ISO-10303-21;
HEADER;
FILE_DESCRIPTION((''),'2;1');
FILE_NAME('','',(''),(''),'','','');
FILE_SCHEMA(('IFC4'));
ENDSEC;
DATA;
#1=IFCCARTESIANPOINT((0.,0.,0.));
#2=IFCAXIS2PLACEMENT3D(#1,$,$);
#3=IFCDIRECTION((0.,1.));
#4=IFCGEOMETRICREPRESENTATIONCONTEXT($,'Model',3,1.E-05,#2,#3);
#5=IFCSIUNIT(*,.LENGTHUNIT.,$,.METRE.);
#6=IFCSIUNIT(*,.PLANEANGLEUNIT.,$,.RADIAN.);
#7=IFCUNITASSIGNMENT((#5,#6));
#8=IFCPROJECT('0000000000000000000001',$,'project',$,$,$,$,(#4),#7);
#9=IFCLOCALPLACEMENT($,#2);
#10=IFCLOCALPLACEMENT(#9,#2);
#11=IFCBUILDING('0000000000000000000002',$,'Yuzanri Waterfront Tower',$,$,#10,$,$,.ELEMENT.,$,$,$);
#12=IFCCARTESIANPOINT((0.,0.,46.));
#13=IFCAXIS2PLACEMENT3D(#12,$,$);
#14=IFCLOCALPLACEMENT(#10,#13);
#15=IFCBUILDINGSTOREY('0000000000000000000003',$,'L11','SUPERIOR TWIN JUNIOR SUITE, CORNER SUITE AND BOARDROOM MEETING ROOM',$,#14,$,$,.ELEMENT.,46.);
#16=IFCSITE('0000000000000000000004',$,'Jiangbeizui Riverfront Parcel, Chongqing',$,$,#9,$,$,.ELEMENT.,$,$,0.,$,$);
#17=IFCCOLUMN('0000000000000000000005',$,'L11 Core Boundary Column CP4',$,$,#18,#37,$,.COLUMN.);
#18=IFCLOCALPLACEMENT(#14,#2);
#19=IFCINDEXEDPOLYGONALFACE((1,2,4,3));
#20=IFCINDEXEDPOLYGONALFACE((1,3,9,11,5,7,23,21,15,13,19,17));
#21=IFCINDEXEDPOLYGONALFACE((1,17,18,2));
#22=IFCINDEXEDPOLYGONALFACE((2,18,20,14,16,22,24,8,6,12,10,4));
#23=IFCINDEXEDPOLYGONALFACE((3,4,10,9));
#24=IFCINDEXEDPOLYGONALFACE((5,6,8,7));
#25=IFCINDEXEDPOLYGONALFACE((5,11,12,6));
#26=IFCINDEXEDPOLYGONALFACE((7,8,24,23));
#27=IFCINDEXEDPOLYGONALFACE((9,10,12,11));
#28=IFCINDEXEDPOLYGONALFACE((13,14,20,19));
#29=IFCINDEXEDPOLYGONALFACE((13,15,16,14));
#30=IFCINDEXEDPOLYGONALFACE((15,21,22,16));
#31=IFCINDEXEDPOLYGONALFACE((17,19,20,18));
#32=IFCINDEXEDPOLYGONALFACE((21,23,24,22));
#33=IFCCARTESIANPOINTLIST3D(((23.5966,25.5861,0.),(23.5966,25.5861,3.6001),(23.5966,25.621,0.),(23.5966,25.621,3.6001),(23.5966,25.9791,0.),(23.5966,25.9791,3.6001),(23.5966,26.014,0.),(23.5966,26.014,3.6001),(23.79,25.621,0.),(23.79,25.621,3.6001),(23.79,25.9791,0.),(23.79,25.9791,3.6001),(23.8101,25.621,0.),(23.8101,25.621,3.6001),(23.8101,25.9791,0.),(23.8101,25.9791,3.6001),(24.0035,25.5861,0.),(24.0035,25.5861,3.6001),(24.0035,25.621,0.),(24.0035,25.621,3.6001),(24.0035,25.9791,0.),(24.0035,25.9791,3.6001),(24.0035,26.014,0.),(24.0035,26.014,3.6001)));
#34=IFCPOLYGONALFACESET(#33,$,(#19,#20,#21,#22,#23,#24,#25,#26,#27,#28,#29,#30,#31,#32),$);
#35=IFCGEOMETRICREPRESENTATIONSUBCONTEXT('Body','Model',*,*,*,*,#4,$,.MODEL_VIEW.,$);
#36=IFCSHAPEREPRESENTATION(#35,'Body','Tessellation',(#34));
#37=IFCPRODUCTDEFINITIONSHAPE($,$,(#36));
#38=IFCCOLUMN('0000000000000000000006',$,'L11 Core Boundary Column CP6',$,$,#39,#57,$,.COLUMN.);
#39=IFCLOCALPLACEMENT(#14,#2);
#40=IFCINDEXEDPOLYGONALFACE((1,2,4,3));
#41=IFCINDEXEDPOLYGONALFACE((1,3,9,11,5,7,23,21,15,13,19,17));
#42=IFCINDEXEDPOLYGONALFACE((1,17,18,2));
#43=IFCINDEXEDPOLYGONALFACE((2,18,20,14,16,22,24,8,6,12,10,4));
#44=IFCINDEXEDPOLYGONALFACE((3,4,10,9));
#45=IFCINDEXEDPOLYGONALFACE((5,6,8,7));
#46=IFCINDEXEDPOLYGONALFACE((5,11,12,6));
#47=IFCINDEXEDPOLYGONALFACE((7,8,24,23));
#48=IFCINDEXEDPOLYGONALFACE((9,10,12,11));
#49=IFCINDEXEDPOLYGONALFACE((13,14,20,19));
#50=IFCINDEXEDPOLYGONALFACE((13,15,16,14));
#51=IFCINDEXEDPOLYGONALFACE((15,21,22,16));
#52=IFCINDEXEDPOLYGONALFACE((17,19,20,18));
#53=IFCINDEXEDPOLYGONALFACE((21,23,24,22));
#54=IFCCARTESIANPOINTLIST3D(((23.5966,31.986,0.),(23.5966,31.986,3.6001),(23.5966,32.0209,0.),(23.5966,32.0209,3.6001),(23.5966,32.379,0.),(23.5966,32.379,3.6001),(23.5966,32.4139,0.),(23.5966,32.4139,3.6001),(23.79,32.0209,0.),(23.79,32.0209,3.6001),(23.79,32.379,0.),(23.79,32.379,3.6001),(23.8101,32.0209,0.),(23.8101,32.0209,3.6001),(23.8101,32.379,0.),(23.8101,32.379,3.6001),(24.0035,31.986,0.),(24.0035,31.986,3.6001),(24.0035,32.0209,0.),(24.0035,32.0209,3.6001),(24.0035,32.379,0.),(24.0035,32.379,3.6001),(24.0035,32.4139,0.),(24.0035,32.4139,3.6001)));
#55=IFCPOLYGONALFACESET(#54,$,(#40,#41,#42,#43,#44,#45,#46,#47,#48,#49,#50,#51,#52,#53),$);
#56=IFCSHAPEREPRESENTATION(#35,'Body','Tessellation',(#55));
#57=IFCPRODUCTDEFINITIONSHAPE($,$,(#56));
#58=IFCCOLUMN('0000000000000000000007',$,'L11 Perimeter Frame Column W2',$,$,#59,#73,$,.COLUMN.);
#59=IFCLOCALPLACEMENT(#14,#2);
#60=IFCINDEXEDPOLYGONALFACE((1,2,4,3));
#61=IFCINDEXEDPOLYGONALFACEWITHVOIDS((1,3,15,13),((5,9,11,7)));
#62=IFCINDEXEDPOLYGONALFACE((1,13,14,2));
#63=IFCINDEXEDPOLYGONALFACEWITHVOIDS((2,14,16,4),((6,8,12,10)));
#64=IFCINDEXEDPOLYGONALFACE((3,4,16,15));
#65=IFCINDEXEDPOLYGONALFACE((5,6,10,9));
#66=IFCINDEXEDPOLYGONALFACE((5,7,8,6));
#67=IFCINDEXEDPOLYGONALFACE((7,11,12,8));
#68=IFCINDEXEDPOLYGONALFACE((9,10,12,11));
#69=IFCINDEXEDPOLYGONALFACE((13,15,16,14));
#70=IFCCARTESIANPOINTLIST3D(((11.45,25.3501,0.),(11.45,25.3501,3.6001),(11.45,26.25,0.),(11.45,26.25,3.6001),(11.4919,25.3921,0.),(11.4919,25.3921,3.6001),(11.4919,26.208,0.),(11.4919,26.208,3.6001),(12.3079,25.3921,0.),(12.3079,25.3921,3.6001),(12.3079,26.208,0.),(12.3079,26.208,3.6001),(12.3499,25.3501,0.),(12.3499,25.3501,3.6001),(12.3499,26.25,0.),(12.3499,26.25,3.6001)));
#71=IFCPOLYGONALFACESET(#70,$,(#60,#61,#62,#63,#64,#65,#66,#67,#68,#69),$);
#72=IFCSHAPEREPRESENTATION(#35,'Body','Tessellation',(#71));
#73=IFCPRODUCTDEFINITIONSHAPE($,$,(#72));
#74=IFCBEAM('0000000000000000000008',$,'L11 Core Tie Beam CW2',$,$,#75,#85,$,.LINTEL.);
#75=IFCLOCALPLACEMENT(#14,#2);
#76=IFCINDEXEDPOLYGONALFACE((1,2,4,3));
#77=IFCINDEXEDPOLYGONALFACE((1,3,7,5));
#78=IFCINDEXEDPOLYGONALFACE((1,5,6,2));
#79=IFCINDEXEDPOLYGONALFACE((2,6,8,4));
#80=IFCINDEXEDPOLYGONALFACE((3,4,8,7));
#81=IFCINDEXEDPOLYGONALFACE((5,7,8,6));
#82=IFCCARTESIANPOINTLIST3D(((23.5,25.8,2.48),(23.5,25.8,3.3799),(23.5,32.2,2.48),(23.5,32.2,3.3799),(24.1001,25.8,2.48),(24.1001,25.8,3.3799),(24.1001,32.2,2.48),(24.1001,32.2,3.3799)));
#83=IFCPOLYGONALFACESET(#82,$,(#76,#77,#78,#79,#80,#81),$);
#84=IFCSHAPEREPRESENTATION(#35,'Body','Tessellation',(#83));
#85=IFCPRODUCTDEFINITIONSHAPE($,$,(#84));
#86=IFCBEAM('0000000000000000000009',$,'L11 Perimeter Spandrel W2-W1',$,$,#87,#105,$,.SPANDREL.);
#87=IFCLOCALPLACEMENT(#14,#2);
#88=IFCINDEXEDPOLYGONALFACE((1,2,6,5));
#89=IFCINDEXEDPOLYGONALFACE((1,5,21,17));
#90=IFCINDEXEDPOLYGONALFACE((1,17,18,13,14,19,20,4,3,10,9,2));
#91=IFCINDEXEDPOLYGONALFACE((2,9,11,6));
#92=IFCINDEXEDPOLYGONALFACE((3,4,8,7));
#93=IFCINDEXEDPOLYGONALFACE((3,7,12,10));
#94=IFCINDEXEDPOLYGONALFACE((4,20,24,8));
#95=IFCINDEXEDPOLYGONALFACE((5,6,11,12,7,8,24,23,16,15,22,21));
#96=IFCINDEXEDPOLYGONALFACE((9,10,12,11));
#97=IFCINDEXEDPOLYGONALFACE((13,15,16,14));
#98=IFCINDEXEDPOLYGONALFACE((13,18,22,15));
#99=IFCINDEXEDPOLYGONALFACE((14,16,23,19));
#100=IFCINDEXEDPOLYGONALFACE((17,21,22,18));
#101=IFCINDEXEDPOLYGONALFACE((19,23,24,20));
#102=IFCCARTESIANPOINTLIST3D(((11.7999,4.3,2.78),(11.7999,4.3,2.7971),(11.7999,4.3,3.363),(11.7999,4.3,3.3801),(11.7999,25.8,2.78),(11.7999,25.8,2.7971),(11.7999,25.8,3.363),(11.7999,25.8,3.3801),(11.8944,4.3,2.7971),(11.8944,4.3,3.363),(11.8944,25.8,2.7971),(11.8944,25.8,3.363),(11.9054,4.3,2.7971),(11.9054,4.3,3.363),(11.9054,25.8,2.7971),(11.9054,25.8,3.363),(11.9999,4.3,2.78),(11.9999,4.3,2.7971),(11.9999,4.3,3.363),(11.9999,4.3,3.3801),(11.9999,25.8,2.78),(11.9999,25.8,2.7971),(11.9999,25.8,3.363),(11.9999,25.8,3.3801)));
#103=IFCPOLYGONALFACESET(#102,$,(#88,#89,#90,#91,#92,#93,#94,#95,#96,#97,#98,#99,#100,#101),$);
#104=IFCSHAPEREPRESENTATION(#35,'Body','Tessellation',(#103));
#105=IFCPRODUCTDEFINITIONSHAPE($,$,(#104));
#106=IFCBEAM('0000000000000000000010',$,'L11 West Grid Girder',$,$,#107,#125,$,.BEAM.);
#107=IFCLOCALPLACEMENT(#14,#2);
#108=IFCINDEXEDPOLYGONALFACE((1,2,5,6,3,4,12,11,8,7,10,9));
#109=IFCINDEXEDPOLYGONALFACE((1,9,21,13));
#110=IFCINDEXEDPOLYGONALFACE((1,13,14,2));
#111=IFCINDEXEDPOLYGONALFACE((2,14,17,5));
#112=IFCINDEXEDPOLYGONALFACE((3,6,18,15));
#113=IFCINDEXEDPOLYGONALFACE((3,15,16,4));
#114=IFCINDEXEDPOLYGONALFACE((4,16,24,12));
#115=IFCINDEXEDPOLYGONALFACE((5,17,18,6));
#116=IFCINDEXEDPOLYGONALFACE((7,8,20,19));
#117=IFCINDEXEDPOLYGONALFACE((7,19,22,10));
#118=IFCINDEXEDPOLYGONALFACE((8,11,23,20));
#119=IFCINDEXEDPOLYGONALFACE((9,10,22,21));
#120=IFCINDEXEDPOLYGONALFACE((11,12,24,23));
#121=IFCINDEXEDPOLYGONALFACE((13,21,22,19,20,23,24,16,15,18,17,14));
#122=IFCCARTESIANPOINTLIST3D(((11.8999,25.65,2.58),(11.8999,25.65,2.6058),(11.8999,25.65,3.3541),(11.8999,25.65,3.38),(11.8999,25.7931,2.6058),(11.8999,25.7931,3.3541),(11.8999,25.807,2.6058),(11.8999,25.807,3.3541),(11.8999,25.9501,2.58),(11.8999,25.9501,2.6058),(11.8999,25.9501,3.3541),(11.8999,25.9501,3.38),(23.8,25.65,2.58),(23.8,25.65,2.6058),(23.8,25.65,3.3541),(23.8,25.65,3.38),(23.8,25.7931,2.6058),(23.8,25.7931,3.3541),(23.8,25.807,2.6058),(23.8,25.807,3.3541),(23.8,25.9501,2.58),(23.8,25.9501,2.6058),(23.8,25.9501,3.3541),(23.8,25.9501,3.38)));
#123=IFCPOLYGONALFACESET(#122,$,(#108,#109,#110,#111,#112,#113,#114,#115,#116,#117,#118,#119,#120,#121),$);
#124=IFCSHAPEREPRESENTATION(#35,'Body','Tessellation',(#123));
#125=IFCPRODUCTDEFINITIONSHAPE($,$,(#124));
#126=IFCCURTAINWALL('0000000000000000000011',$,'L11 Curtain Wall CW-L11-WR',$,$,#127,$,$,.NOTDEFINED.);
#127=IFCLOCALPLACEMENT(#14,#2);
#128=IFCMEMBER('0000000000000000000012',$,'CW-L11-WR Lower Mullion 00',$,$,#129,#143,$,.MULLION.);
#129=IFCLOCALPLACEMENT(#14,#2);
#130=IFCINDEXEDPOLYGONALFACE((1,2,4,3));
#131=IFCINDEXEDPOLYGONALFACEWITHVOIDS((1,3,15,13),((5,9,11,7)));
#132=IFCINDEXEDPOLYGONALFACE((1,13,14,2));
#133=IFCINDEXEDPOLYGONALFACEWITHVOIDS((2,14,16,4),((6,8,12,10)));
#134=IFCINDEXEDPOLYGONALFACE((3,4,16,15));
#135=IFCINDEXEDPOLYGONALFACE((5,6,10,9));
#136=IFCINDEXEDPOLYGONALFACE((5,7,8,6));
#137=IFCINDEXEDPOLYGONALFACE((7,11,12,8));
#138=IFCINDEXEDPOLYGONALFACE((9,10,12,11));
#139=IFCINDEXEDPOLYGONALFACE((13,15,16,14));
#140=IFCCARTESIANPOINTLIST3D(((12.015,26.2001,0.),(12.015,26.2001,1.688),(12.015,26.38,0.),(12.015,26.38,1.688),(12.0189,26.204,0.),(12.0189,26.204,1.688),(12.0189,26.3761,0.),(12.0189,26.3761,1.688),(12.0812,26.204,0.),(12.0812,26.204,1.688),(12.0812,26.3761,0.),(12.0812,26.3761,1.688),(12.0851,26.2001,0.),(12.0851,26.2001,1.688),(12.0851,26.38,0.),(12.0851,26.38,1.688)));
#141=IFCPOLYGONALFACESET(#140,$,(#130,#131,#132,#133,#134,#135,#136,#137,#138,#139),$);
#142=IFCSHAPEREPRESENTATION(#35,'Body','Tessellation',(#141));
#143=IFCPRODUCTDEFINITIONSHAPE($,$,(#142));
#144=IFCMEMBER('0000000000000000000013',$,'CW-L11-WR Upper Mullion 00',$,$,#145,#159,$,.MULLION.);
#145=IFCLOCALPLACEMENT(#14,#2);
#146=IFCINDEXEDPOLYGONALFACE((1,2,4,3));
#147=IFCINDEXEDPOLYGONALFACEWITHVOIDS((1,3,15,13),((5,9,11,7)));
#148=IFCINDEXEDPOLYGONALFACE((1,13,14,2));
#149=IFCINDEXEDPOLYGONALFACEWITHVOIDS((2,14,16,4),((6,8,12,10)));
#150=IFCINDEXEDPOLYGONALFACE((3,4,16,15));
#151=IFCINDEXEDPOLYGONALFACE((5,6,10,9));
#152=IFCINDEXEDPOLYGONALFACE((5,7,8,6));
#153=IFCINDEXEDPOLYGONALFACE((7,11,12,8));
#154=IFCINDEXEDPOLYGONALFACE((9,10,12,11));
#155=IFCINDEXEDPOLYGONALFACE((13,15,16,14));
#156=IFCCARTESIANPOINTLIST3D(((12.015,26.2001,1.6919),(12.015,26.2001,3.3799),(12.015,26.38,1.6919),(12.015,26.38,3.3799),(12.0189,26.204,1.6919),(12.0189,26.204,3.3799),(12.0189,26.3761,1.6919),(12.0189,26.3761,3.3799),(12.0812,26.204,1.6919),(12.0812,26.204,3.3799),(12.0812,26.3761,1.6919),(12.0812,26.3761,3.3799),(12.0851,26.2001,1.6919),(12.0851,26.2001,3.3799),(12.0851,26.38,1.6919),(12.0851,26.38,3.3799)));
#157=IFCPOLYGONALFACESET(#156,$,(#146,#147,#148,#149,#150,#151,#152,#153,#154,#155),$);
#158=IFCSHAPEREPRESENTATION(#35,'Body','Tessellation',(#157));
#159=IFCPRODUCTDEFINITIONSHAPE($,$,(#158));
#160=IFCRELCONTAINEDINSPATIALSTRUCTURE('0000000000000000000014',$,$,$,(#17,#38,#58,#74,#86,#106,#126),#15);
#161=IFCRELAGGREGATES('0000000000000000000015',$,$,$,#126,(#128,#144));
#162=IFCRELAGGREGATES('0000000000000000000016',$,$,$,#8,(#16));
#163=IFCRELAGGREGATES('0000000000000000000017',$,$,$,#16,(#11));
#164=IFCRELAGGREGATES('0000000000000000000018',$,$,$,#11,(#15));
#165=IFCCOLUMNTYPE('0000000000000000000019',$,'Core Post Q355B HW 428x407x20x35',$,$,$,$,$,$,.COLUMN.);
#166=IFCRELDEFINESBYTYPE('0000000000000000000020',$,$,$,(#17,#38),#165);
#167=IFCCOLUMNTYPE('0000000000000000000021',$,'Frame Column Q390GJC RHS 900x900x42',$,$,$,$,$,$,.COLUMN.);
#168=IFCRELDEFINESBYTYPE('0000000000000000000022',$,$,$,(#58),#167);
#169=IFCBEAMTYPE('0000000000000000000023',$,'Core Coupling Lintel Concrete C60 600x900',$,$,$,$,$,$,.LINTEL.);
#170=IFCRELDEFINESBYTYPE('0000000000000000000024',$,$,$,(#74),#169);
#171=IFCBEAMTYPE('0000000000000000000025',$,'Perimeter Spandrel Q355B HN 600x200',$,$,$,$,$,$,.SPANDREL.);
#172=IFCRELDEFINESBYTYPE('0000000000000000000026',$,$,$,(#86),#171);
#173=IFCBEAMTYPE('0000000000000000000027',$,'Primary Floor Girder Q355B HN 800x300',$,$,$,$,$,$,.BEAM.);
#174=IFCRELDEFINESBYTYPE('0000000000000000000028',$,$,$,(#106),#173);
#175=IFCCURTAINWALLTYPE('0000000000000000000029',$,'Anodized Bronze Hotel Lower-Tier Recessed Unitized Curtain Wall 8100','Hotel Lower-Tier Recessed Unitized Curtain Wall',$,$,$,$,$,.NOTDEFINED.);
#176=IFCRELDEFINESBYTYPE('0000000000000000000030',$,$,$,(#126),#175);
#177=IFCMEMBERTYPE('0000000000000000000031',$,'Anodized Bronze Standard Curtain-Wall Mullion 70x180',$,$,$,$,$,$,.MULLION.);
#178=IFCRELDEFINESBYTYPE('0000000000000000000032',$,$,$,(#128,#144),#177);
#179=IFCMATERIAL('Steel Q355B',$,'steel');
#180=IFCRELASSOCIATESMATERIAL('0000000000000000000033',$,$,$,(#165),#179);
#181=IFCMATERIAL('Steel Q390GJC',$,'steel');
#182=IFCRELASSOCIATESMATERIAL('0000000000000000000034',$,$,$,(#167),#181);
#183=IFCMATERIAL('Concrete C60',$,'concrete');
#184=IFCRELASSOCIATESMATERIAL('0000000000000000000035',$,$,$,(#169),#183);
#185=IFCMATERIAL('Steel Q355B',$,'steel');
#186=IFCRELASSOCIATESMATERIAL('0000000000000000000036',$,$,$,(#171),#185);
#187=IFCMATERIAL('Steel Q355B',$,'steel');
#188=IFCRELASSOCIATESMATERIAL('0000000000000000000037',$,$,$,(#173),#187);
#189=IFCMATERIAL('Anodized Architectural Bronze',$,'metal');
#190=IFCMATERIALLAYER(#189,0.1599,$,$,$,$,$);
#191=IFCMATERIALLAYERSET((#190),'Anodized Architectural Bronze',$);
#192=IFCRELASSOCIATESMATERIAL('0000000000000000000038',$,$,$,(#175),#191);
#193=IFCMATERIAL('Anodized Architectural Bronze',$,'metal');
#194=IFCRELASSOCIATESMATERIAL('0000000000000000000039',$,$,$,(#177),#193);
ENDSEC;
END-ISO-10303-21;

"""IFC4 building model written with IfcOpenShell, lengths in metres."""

from ifc_helpers import new_model, si_unit, direction, frame, origin, origin_2d, place, context, subcontext, project, spatial, rectangle, hollow_rectangle, i_section, extrude, source, transform, mapped, material, layer, layer_set, material_profile, profile_set, type_object, element, aggregate, save


model = new_model("IFC4")

# Units and contexts
model_context = context("Model", 3, precision=1e-05, world=origin(), true_north=direction((0.0, 1.0)))
body_context = subcontext(model_context, "Body", "Model", "MODEL_VIEW")
ifc_project = project(units=[si_unit("LENGTHUNIT", "METRE"), si_unit("PLANEANGLEUNIT", "RADIAN")], contexts=[model_context])

# Site, building, storey
site_placement = place(None, origin())
site = spatial("IfcSite", under=ifc_project, at=site_placement, Name="Jiangbeizui Riverfront Parcel, Chongqing", CompositionType="ELEMENT", RefElevation=0.0)
building_placement = place(site_placement, origin())
building = spatial("IfcBuilding", under=site, at=building_placement, Name="Yuzanri Waterfront Tower", CompositionType="ELEMENT")
storey_placement = place(building_placement, frame((0.0, 0.0, 46.0)))
storey = spatial("IfcBuildingStorey", under=building, at=storey_placement, Name="L11", Description="SUPERIOR TWIN JUNIOR SUITE, CORNER SUITE AND BOARDROOM MEETING ROOM", CompositionType="ELEMENT", Elevation=46.0)

# Columns
ifc_material_1 = material(Name="Steel Q355B", Category="steel")
ifc_material_profile_1 = material_profile(ifc_material_1, i_section(OverallWidth=0.407, OverallDepth=0.428, WebThickness=0.02, FlangeThickness=0.0349, at=origin_2d()), Name="HW 428x407x20x35")
ifc_profile_set_1 = profile_set([ifc_material_profile_1], Name="Steel Q355B")
column_type_1 = type_object("IfcColumnType", Name="Core Post Q355B HW 428x407x20x35", PredefinedType="COLUMN", material=ifc_profile_set_1)
shared_shape_1 = source(origin(), body_context, "Body", "SweptSolid", [
    extrude(i_section(OverallWidth=0.407, OverallDepth=0.428, WebThickness=0.02, FlangeThickness=0.0349, at=origin_2d()), origin(), (0.0, 0.0, 1.0), 3.6001),
])
for number, where, z_axis, x_axis, name in (
    (1, (23.8, 25.8, 0.0), (0.0, 0.0, 1.0), (1.0, 0.0, 0.0), "L11 Core Boundary Column CP4"),
    (2, (23.8, 32.2, 0.0), (0.0, 0.0, 1.0), (1.0, 0.0, 0.0), "L11 Core Boundary Column CP6"),
):
    element("IfcColumn", number, at=place(storey_placement, frame(where, z_axis=z_axis, x_axis=x_axis)), inside=storey, type_object=column_type_1, Name=name, PredefinedType="COLUMN", context=body_context, shape_type="MappedRepresentation", body=[
        mapped(shared_shape_1, transform((0.0, 0.0, 0.0), scale=1.0)),
    ])
ifc_material_2 = material(Name="Steel Q390GJC", Category="steel")
ifc_material_profile_2 = material_profile(ifc_material_2, hollow_rectangle(XDim=0.8999, YDim=0.8999, WallThickness=0.042, at=origin_2d()), Name="RHS 900x900x42")
ifc_profile_set_2 = profile_set([ifc_material_profile_2], Name="Steel Q390GJC")
column_type_2 = type_object("IfcColumnType", Name="Frame Column Q390GJC RHS 900x900x42", PredefinedType="COLUMN", material=ifc_profile_set_2)
shared_shape_2 = source(origin(), body_context, "Body", "SweptSolid", [
    extrude(hollow_rectangle(XDim=0.8999, YDim=0.8999, WallThickness=0.042, at=origin_2d()), origin(), (0.0, 0.0, 1.0), 3.6001),
])
column_placement = place(storey_placement, frame((11.8999, 25.8, 0.0), z_axis=(0.0, 0.0, 1.0), x_axis=(1.0, 0.0, 0.0)))
element("IfcColumn", 3, at=column_placement, inside=storey, type_object=column_type_2, Name="L11 Perimeter Frame Column W2", PredefinedType="COLUMN", context=body_context, shape_type="MappedRepresentation", body=[
    mapped(shared_shape_2, transform((0.0, 0.0, 0.0), scale=1.0)),
])

# Beams
ifc_material_3 = material(Name="Concrete C60", Category="concrete")
ifc_material_profile_3 = material_profile(ifc_material_3, rectangle(XDim=0.6001, YDim=0.8999, at=origin_2d()), Name="RC 600x900")
ifc_profile_set_3 = profile_set([ifc_material_profile_3], Name="Concrete C60")
beam_type_1 = type_object("IfcBeamType", Name="Core Coupling Lintel Concrete C60 600x900", PredefinedType="LINTEL", material=ifc_profile_set_3)
shared_shape_3 = source(origin(), body_context, "Body", "SweptSolid", [
    extrude(rectangle(XDim=0.6001, YDim=0.8999, at=origin_2d()), origin(), (0.0, 0.0, 1.0), 6.3999),
])
beam_1_placement = place(storey_placement, frame((23.8, 25.8, 2.9299), z_axis=(0.0, 1.0, 0.0), x_axis=(-1.0, 0.0, 0.0)))
element("IfcBeam", 4, at=beam_1_placement, inside=storey, type_object=beam_type_1, Name="L11 Core Tie Beam CW2", PredefinedType="LINTEL", context=body_context, shape_type="MappedRepresentation", body=[
    mapped(shared_shape_3, transform((0.0, 0.0, 0.0), scale=1.0)),
])
ifc_material_4 = material(Name="Steel Q355B", Category="steel")
ifc_material_profile_4 = material_profile(ifc_material_4, i_section(OverallWidth=0.2, OverallDepth=0.6001, WebThickness=0.011, FlangeThickness=0.0171, at=origin_2d()), Name="HN 600x200x11x17")
ifc_profile_set_4 = profile_set([ifc_material_profile_4], Name="Steel Q355B")
beam_type_2 = type_object("IfcBeamType", Name="Perimeter Spandrel Q355B HN 600x200", PredefinedType="SPANDREL", material=ifc_profile_set_4)
shared_shape_4 = source(origin(), body_context, "Body", "SweptSolid", [
    extrude(i_section(OverallWidth=0.2, OverallDepth=0.6001, WebThickness=0.011, FlangeThickness=0.0171, at=origin_2d()), origin(), (0.0, 0.0, 1.0), 21.5),
])
beam_2_placement = place(storey_placement, frame((11.8999, 25.8, 3.0801), z_axis=(0.0, -1.0, 0.0), x_axis=(1.0, 0.0, 0.0)))
element("IfcBeam", 5, at=beam_2_placement, inside=storey, type_object=beam_type_2, Name="L11 Perimeter Spandrel W2-W1", PredefinedType="SPANDREL", context=body_context, shape_type="MappedRepresentation", body=[
    mapped(shared_shape_4, transform((0.0, 0.0, 0.0), scale=1.0)),
])
ifc_material_5 = material(Name="Steel Q355B", Category="steel")
ifc_material_profile_5 = material_profile(ifc_material_5, i_section(OverallWidth=0.3, OverallDepth=0.8, WebThickness=0.0139, FlangeThickness=0.0259, at=origin_2d()), Name="HN 800x300x14x26")
ifc_profile_set_5 = profile_set([ifc_material_profile_5], Name="Steel Q355B")
beam_type_3 = type_object("IfcBeamType", Name="Primary Floor Girder Q355B HN 800x300", PredefinedType="BEAM", material=ifc_profile_set_5)
shared_shape_5 = source(origin(), body_context, "Body", "SweptSolid", [
    extrude(i_section(OverallWidth=0.3, OverallDepth=0.8, WebThickness=0.0139, FlangeThickness=0.0259, at=origin_2d()), origin(), (0.0, 0.0, 1.0), 11.9001),
])
beam_3_placement = place(storey_placement, frame((23.8, 25.8, 2.98), z_axis=(-1.0, 0.0, 0.0), x_axis=(0.0, -1.0, 0.0)))
element("IfcBeam", 6, at=beam_3_placement, inside=storey, type_object=beam_type_3, Name="L11 West Grid Girder", PredefinedType="BEAM", context=body_context, shape_type="MappedRepresentation", body=[
    mapped(shared_shape_5, transform((0.0, 0.0, 0.0), scale=1.0)),
])

# Curtain wall, members
ifc_material_6 = material(Name="Anodized Architectural Bronze", Category="metal")
ifc_layer_1 = layer(ifc_material_6, 0.1599)
ifc_layer_set_1 = layer_set([ifc_layer_1], Name="Anodized Architectural Bronze")
curtain_wall_type = type_object("IfcCurtainWallType", Name="Anodized Bronze Hotel Lower-Tier Recessed Unitized Curtain Wall 8100", Description="Hotel Lower-Tier Recessed Unitized Curtain Wall", PredefinedType="NOTDEFINED", material=ifc_layer_set_1)
curtain_wall_placement = place(storey_placement, origin())
curtain_wall = element("IfcCurtainWall", 7, at=curtain_wall_placement, inside=storey, type_object=curtain_wall_type, Name="L11 Curtain Wall CW-L11-WR", PredefinedType="NOTDEFINED")
ifc_material_7 = material(Name="Anodized Architectural Bronze", Category="metal")
ifc_material_profile_6 = material_profile(ifc_material_7, hollow_rectangle(XDim=0.0701, YDim=0.1799, WallThickness=0.0039, at=origin_2d()), Name="CWM 70x180")
ifc_profile_set_6 = profile_set([ifc_material_profile_6], Name="Anodized Architectural Bronze")
member_type_1 = type_object("IfcMemberType", Name="Anodized Bronze Standard Curtain-Wall Mullion 70x180", PredefinedType="MULLION", material=ifc_profile_set_6)
shared_shape_6 = source(origin(), body_context, "Body", "SweptSolid", [
    extrude(hollow_rectangle(XDim=0.0701, YDim=0.1799, WallThickness=0.0039, at=origin_2d()), origin(), (0.0, 0.0, 1.0), 1.688),
])
member_1_placement = place(storey_placement, frame((12.05, 26.29, 0.0), z_axis=(0.0, 0.0, 1.0), x_axis=(1.0, 0.0, 0.0)))
member_1 = element("IfcMember", 8, at=member_1_placement, type_object=member_type_1, Name="CW-L11-WR Lower Mullion 00", PredefinedType="MULLION", context=body_context, shape_type="MappedRepresentation", body=[
    mapped(shared_shape_6, transform((0.0, 0.0, 0.0), scale=1.0)),
])
member_2_placement = place(storey_placement, frame((12.05, 26.29, 1.6919), z_axis=(0.0, 0.0, 1.0), x_axis=(1.0, 0.0, 0.0)))
member_2 = element("IfcMember", 9, at=member_2_placement, type_object=member_type_1, Name="CW-L11-WR Upper Mullion 00", PredefinedType="MULLION", context=body_context, shape_type="MappedRepresentation", body=[
    mapped(shared_shape_6, transform((0.0, 0.0, 0.0), scale=1.0)),
])
aggregate(curtain_wall, [member_1, member_2])

save(model, "model.ifc")
